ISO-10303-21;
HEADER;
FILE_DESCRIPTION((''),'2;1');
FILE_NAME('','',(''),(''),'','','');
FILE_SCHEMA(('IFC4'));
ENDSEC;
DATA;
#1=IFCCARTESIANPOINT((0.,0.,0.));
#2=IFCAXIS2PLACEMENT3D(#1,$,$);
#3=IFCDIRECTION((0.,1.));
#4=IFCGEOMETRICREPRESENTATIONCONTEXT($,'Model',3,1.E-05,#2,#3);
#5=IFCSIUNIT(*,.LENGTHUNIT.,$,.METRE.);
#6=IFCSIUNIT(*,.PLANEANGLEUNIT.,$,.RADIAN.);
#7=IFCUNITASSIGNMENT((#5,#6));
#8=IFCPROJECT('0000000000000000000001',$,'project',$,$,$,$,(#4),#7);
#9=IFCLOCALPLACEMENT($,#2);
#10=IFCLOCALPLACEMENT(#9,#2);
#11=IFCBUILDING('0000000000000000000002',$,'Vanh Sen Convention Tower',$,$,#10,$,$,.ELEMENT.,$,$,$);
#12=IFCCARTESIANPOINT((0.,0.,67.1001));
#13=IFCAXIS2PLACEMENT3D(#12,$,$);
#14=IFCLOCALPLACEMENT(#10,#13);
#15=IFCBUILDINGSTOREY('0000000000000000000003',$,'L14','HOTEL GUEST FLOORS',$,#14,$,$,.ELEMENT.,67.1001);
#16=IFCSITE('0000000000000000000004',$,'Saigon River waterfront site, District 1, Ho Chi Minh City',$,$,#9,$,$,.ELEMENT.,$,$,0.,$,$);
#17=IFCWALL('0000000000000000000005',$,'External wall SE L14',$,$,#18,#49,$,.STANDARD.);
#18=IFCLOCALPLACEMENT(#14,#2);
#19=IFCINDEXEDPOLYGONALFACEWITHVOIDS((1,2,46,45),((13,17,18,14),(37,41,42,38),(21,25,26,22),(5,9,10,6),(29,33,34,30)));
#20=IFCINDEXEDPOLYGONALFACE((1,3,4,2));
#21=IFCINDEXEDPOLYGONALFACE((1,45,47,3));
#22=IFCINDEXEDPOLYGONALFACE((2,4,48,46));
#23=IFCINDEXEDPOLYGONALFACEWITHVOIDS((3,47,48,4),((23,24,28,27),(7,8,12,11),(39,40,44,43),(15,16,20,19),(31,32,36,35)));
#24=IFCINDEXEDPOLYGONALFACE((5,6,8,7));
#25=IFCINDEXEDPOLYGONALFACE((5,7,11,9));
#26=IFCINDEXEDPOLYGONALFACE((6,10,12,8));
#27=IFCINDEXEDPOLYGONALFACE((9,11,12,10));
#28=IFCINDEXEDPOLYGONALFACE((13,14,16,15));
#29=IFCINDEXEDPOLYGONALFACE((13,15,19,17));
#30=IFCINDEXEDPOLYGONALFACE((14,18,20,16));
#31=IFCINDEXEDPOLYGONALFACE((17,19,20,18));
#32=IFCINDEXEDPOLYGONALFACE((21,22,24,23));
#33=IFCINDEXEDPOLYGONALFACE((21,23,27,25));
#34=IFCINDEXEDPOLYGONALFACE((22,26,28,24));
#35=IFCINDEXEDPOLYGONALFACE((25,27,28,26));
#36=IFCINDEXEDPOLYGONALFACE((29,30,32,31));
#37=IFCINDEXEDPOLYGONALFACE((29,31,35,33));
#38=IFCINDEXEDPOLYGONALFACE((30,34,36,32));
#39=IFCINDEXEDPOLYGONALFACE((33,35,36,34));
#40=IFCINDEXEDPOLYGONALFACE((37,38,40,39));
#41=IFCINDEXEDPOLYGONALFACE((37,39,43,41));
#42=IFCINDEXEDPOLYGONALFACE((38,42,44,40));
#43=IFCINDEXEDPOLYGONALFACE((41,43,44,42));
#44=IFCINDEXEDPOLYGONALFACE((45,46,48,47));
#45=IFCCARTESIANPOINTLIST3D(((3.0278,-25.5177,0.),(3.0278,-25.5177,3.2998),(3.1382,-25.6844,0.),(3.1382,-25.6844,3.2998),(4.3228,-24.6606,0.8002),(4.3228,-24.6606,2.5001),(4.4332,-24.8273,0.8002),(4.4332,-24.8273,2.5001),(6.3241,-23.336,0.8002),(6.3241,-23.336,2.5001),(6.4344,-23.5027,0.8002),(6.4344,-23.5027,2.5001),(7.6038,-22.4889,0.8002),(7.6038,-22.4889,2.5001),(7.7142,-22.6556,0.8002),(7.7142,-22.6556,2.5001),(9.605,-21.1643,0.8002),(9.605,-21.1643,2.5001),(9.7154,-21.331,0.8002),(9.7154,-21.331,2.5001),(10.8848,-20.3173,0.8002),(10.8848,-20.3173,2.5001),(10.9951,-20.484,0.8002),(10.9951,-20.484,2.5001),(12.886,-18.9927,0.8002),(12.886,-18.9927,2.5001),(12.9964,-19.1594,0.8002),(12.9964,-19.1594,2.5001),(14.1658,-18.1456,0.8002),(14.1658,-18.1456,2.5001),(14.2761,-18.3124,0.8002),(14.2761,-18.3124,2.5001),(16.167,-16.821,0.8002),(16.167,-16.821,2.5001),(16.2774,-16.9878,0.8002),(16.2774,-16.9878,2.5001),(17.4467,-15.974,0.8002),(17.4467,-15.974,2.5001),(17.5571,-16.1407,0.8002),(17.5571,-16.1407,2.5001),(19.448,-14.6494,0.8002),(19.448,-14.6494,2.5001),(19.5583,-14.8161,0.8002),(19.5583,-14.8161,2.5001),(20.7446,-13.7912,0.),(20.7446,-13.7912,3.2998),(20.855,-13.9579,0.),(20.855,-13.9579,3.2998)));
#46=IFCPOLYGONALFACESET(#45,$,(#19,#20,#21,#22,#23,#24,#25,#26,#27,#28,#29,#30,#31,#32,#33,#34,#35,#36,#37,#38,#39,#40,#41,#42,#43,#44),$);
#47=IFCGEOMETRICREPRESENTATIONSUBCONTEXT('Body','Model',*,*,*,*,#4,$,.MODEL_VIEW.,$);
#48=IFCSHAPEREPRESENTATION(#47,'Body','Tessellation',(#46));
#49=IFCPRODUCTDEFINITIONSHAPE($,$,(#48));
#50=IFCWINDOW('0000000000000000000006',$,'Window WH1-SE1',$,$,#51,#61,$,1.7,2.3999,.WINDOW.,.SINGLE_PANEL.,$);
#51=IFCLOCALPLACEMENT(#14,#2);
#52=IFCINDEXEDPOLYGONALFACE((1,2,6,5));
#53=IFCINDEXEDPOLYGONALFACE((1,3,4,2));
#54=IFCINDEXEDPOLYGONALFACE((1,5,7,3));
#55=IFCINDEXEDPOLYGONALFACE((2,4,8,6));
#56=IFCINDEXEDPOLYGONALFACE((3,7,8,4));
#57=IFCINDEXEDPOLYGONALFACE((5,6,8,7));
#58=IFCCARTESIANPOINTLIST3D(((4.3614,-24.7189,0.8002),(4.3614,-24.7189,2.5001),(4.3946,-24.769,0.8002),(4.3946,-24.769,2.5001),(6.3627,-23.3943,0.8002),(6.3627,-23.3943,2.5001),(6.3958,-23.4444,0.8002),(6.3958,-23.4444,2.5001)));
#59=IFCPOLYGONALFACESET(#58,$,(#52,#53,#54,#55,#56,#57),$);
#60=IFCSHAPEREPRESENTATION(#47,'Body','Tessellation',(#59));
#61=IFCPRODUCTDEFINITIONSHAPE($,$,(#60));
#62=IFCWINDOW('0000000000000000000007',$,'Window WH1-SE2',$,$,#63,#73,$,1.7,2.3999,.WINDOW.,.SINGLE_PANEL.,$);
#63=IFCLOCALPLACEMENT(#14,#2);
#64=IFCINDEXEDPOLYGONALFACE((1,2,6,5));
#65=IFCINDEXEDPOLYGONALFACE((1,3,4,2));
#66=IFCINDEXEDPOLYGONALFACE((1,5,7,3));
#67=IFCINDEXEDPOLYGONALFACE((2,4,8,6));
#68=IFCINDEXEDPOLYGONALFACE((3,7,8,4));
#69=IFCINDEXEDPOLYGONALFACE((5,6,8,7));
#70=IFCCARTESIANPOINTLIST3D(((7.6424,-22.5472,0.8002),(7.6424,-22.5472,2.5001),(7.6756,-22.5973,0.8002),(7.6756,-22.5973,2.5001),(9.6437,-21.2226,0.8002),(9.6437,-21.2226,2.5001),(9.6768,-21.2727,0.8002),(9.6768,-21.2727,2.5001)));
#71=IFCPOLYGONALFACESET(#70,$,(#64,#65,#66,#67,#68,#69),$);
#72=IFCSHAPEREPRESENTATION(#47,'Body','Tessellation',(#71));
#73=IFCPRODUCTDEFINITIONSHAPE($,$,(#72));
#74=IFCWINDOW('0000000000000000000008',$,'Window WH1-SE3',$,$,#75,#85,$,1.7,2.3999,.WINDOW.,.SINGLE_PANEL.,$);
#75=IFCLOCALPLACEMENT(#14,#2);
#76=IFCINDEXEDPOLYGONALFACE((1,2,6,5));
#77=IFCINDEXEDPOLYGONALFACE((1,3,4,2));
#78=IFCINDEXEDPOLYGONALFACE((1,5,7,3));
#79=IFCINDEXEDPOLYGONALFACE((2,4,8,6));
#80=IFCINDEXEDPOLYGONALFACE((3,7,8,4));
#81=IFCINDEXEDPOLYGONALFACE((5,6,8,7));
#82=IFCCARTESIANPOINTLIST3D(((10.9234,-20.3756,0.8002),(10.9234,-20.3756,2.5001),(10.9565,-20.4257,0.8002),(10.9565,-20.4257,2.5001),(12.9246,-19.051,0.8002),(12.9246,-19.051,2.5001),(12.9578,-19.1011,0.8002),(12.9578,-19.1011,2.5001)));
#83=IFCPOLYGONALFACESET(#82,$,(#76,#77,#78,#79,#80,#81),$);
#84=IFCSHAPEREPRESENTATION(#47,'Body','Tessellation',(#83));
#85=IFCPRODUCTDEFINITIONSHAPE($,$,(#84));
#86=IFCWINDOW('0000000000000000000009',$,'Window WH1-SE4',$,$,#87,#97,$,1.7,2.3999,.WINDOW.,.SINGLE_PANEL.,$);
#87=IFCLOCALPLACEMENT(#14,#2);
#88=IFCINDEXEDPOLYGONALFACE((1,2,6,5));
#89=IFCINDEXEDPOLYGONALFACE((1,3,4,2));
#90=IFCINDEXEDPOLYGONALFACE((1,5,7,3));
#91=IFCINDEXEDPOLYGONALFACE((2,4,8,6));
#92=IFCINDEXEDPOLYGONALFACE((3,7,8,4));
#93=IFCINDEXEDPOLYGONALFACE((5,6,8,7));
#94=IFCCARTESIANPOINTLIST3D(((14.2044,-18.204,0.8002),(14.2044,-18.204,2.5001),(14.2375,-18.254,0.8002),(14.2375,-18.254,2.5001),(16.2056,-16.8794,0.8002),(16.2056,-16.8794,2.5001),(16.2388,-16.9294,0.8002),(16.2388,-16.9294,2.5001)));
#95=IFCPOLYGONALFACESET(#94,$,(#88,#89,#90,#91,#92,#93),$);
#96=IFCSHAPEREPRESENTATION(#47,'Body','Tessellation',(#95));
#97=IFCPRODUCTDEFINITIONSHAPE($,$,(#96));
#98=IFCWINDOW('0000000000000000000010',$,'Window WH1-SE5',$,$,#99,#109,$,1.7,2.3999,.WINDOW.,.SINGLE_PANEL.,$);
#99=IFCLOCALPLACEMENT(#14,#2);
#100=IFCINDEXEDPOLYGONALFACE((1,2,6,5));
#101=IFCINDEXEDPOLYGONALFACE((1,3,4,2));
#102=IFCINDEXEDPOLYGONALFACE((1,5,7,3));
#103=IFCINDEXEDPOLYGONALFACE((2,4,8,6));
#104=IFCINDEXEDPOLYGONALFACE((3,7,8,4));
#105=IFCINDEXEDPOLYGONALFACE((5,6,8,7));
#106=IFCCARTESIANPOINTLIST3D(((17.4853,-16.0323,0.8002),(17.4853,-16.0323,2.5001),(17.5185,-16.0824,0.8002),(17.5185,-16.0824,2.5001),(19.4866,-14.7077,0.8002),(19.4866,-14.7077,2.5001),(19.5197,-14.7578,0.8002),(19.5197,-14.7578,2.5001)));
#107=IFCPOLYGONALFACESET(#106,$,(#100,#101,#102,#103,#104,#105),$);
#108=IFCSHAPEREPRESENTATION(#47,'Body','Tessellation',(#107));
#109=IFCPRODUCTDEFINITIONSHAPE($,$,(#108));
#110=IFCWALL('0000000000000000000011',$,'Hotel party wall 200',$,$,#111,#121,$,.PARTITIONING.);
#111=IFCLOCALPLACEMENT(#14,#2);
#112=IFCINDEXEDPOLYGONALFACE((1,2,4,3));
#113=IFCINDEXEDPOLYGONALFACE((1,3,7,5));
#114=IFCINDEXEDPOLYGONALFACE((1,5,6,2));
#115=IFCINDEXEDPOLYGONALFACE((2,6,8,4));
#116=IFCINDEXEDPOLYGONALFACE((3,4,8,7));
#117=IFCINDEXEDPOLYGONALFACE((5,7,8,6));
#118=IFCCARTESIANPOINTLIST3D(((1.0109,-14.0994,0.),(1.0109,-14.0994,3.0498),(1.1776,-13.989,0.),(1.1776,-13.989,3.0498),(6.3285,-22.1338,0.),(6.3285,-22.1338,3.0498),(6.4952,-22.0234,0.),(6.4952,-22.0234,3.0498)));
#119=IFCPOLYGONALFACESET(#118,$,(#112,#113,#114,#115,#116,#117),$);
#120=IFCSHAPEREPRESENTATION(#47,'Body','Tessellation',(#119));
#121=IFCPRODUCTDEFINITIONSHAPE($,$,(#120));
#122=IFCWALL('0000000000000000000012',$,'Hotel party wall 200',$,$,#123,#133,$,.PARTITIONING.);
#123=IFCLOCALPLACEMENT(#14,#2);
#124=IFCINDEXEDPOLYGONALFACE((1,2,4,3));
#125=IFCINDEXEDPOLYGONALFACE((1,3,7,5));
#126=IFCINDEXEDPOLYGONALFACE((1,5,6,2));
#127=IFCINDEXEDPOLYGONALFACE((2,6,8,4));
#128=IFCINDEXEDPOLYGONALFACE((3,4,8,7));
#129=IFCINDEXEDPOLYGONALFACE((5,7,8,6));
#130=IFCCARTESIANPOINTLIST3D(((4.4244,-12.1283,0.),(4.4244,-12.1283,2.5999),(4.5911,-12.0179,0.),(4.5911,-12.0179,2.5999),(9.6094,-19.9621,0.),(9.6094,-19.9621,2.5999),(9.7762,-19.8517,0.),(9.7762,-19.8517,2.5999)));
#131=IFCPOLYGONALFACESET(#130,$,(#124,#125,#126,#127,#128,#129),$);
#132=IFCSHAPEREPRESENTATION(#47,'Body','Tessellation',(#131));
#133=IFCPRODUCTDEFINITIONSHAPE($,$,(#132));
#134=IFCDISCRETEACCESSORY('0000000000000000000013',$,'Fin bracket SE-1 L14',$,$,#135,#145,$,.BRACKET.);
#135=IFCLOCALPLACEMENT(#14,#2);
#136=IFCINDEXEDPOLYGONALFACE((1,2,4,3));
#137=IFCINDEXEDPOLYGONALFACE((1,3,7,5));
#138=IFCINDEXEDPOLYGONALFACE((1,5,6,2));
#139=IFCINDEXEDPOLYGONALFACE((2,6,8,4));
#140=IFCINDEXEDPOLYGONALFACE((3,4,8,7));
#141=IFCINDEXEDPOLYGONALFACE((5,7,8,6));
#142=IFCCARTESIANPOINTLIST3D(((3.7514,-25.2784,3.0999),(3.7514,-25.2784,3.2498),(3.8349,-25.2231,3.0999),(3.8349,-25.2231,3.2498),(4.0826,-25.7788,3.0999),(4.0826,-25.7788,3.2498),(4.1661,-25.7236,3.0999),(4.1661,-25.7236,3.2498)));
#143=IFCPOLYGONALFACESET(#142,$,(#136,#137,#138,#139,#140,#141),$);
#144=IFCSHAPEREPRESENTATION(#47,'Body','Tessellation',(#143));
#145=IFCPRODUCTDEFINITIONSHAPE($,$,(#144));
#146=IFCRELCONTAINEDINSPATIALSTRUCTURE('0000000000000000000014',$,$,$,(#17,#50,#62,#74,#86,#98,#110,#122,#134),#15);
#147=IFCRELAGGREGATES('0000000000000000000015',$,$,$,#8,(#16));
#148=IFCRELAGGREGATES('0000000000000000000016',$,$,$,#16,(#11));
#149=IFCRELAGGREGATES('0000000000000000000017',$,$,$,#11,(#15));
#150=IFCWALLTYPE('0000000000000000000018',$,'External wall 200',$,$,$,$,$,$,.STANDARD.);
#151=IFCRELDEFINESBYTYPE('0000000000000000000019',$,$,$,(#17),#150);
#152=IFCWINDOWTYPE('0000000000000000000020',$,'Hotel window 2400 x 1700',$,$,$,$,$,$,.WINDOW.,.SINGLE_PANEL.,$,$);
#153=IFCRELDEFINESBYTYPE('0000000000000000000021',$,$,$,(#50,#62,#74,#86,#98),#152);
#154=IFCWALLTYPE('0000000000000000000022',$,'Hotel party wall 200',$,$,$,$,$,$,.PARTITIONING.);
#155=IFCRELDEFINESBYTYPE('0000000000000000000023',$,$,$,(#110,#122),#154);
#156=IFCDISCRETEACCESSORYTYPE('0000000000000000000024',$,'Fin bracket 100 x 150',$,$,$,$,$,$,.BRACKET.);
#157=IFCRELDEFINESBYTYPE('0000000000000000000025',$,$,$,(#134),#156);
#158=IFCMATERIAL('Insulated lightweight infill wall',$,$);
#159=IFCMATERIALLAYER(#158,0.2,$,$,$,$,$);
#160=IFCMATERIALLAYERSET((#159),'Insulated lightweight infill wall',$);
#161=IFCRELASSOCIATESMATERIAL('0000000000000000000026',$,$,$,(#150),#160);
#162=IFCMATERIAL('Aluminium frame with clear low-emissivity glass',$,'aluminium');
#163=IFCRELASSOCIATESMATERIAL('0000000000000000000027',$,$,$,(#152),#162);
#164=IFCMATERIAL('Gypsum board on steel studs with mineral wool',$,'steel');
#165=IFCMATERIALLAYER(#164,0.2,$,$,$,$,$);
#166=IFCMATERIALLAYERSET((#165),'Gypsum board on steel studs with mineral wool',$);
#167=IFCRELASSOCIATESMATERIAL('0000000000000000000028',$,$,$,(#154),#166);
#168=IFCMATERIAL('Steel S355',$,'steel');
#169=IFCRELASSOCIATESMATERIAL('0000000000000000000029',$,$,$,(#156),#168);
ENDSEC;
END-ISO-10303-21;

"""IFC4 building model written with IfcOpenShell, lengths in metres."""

from ifc_helpers import new_model, si_unit, direction, frame, frame_2d, origin, origin_2d, place, context, subcontext, project, spatial, rectangle, extrude, material, layer, layer_set, type_object, element, fill, save


model = new_model("IFC4")

# Units and contexts
model_context = context("Model", 3, precision=1e-05, world=origin(), true_north=direction((0.0, 1.0)))
body_context = subcontext(model_context, "Body", "Model", "MODEL_VIEW")
ifc_project = project(units=[si_unit("LENGTHUNIT", "METRE"), si_unit("PLANEANGLEUNIT", "RADIAN")], contexts=[model_context])

# Site, building, storey
site_placement = place(None, origin())
site = spatial("IfcSite", under=ifc_project, at=site_placement, Name="Saigon River waterfront site, District 1, Ho Chi Minh City", CompositionType="ELEMENT", RefElevation=0.0)
building_placement = place(site_placement, origin())
building = spatial("IfcBuilding", under=site, at=building_placement, Name="Vanh Sen Convention Tower", CompositionType="ELEMENT")
storey_placement = place(building_placement, frame((0.0, 0.0, 67.1001)))
storey = spatial("IfcBuildingStorey", under=building, at=storey_placement, Name="L14", Description="HOTEL GUEST FLOORS", CompositionType="ELEMENT", Elevation=67.1001)

# Shared definitions
ifc_material_1 = material(Name="Gypsum board on steel studs with mineral wool", Category="steel")

# Wall, openings, windows
ifc_material_2 = material(Name="Insulated lightweight infill wall")
ifc_layer_1 = layer(ifc_material_2, 0.2)
ifc_layer_set_1 = layer_set([ifc_layer_1], Name="Insulated lightweight infill wall")
wall_type_1 = type_object("IfcWallType", Name="External wall 200", PredefinedType="STANDARD", material=ifc_layer_set_1)
wall_1_placement = place(storey_placement, frame((3.083, -25.6011, 0.0), z_axis=(0.0, 0.0, 1.0), x_axis=(0.833884, 0.551939, 0.0)))
wall_1 = element("IfcWall", 1, at=wall_1_placement, inside=storey, type_object=wall_type_1, Name="External wall SE L14", PredefinedType="STANDARD", context=body_context, shape_type="SweptSolid", body=[
    extrude(rectangle(XDim=21.2461, YDim=0.2, at=frame_2d((10.623, 0.0))), origin(), (0.0, 0.0, 1.0), 3.2998),
])
opening_1_placement = place(wall_1_placement, frame((1.553, 0.0, 0.8)))
opening_1 = element("IfcOpeningElement", 2, at=opening_1_placement, cuts=wall_1, PredefinedType="OPENING", context=body_context, shape_type="SweptSolid", body=[
    extrude(rectangle(XDim=2.3999, YDim=1.7, at=frame_2d((1.2, 0.8501))), frame((0.0, 0.1099, 0.0), z_axis=(0.0, -1.0, 0.0), x_axis=(1.0, 0.0, 0.0)), (0.0, 0.0, 1.0), 0.22),
])
opening_2_placement = place(wall_1_placement, frame((5.4875, 0.0, 0.8)))
opening_2 = element("IfcOpeningElement", 3, at=opening_2_placement, cuts=wall_1, PredefinedType="OPENING", context=body_context, shape_type="SweptSolid", body=[
    extrude(rectangle(XDim=2.3999, YDim=1.7, at=frame_2d((1.2, 0.8501))), frame((0.0, 0.1099, 0.0), z_axis=(0.0, -1.0, 0.0), x_axis=(1.0, 0.0, 0.0)), (0.0, 0.0, 1.0), 0.22),
])
opening_3_placement = place(wall_1_placement, frame((9.4221, 0.0, 0.8)))
opening_3 = element("IfcOpeningElement", 4, at=opening_3_placement, cuts=wall_1, PredefinedType="OPENING", context=body_context, shape_type="SweptSolid", body=[
    extrude(rectangle(XDim=2.3999, YDim=1.7, at=frame_2d((1.2, 0.8501))), frame((0.0, 0.1099, 0.0), z_axis=(0.0, -1.0, 0.0), x_axis=(1.0, 0.0, 0.0)), (0.0, 0.0, 1.0), 0.22),
])
opening_4_placement = place(wall_1_placement, frame((13.3567, 0.0, 0.8)))
opening_4 = element("IfcOpeningElement", 5, at=opening_4_placement, cuts=wall_1, PredefinedType="OPENING", context=body_context, shape_type="SweptSolid", body=[
    extrude(rectangle(XDim=2.3999, YDim=1.7, at=frame_2d((1.2, 0.8501))), frame((0.0, 0.1099, 0.0), z_axis=(0.0, -1.0, 0.0), x_axis=(1.0, 0.0, 0.0)), (0.0, 0.0, 1.0), 0.22),
])
opening_5_placement = place(wall_1_placement, frame((17.2913, 0.0, 0.8)))
opening_5 = element("IfcOpeningElement", 6, at=opening_5_placement, cuts=wall_1, PredefinedType="OPENING", context=body_context, shape_type="SweptSolid", body=[
    extrude(rectangle(XDim=2.3999, YDim=1.7, at=frame_2d((1.2, 0.8501))), frame((0.0, 0.1099, 0.0), z_axis=(0.0, -1.0, 0.0), x_axis=(1.0, 0.0, 0.0)), (0.0, 0.0, 1.0), 0.22),
])
ifc_material_3 = material(Name="Aluminium frame with clear low-emissivity glass", Category="aluminium")
window_type = type_object("IfcWindowType", Name="Hotel window 2400 x 1700", PartitioningType="SINGLE_PANEL", PredefinedType="WINDOW", material=ifc_material_3)
window_1_placement = place(opening_1_placement, origin())
window_1 = element("IfcWindow", 7, at=window_1_placement, inside=storey, type_object=window_type, Name="Window WH1-SE1", OverallHeight=1.7, OverallWidth=2.3999, PartitioningType="SINGLE_PANEL", PredefinedType="WINDOW", context=body_context, shape_type="SweptSolid", body=[
    extrude(rectangle(XDim=2.3999, YDim=1.7, at=frame_2d((1.2, 0.8501))), frame((0.0, 0.03, 0.0), z_axis=(0.0, -1.0, 0.0), x_axis=(1.0, 0.0, 0.0)), (0.0, 0.0, 1.0), 0.0601),
])
fill(opening_1, window_1)
window_2_placement = place(opening_2_placement, origin())
window_2 = element("IfcWindow", 8, at=window_2_placement, inside=storey, type_object=window_type, Name="Window WH1-SE2", OverallHeight=1.7, OverallWidth=2.3999, PartitioningType="SINGLE_PANEL", PredefinedType="WINDOW", context=body_context, shape_type="SweptSolid", body=[
    extrude(rectangle(XDim=2.3999, YDim=1.7, at=frame_2d((1.2, 0.8501))), frame((0.0, 0.03, 0.0), z_axis=(0.0, -1.0, 0.0), x_axis=(1.0, 0.0, 0.0)), (0.0, 0.0, 1.0), 0.0601),
])
fill(opening_2, window_2)
window_3_placement = place(opening_3_placement, origin())
window_3 = element("IfcWindow", 9, at=window_3_placement, inside=storey, type_object=window_type, Name="Window WH1-SE3", OverallHeight=1.7, OverallWidth=2.3999, PartitioningType="SINGLE_PANEL", PredefinedType="WINDOW", context=body_context, shape_type="SweptSolid", body=[
    extrude(rectangle(XDim=2.3999, YDim=1.7, at=frame_2d((1.2, 0.8501))), frame((0.0, 0.03, 0.0), z_axis=(0.0, -1.0, 0.0), x_axis=(1.0, 0.0, 0.0)), (0.0, 0.0, 1.0), 0.0601),
])
fill(opening_3, window_3)
window_4_placement = place(opening_4_placement, origin())
window_4 = element("IfcWindow", 10, at=window_4_placement, inside=storey, type_object=window_type, Name="Window WH1-SE4", OverallHeight=1.7, OverallWidth=2.3999, PartitioningType="SINGLE_PANEL", PredefinedType="WINDOW", context=body_context, shape_type="SweptSolid", body=[
    extrude(rectangle(XDim=2.3999, YDim=1.7, at=frame_2d((1.2, 0.8501))), frame((0.0, 0.03, 0.0), z_axis=(0.0, -1.0, 0.0), x_axis=(1.0, 0.0, 0.0)), (0.0, 0.0, 1.0), 0.0601),
])
fill(opening_4, window_4)
window_5_placement = place(opening_5_placement, origin())
window_5 = element("IfcWindow", 11, at=window_5_placement, inside=storey, type_object=window_type, Name="Window WH1-SE5", OverallHeight=1.7, OverallWidth=2.3999, PartitioningType="SINGLE_PANEL", PredefinedType="WINDOW", context=body_context, shape_type="SweptSolid", body=[
    extrude(rectangle(XDim=2.3999, YDim=1.7, at=frame_2d((1.2, 0.8501))), frame((0.0, 0.03, 0.0), z_axis=(0.0, -1.0, 0.0), x_axis=(1.0, 0.0, 0.0)), (0.0, 0.0, 1.0), 0.0601),
])
fill(opening_5, window_5)

# Walls
ifc_layer_2 = layer(ifc_material_1, 0.2)
ifc_layer_set_2 = layer_set([ifc_layer_2], Name="Gypsum board on steel studs with mineral wool")
wall_type_2 = type_object("IfcWallType", Name="Hotel party wall 200", PredefinedType="PARTITIONING", material=ifc_layer_set_2)
wall_2_placement = place(storey_placement, frame((6.4119, -22.0786, 0.0), z_axis=(0.0, 0.0, 1.0), x_axis=(-0.55192, 0.833897, 0.0)))
element("IfcWall", 12, at=wall_2_placement, inside=storey, type_object=wall_type_2, Name="Hotel party wall 200", PredefinedType="PARTITIONING", context=body_context, shape_type="SweptSolid", body=[
    extrude(rectangle(XDim=9.6348, YDim=0.2, at=frame_2d((4.8174, 0.0))), origin(), (0.0, 0.0, 1.0), 3.0498),
])
wall_3_placement = place(storey_placement, frame((9.6929, -19.907, 0.0), z_axis=(0.0, 0.0, 1.0), x_axis=(-0.551938, 0.833885, 0.0)))
element("IfcWall", 13, at=wall_3_placement, inside=storey, type_object=wall_type_2, Name="Hotel party wall 200", PredefinedType="PARTITIONING", context=body_context, shape_type="SweptSolid", body=[
    extrude(rectangle(XDim=9.3943, YDim=0.2, at=frame_2d((4.6973, 0.0))), origin(), (0.0, 0.0, 1.0), 2.5999),
])

# Discrete accessory
ifc_material_4 = material(Name="Steel S355", Category="steel")
discrete_accessory_type = type_object("IfcDiscreteAccessoryType", Name="Fin bracket 100 x 150", PredefinedType="BRACKET", material=ifc_material_4)
discrete_accessory_placement = place(storey_placement, frame((3.9587, -25.501, 3.0999), z_axis=(0.0, 0.0, 1.0), x_axis=(0.551937, -0.833886, 0.0)))
element("IfcDiscreteAccessory", 14, at=discrete_accessory_placement, inside=storey, type_object=discrete_accessory_type, Name="Fin bracket SE-1 L14", PredefinedType="BRACKET", context=body_context, shape_type="SweptSolid", body=[
    extrude(rectangle(XDim=0.6001, YDim=0.1001, at=origin_2d()), origin(), (0.0, 0.0, 1.0), 0.1499),
])

save(model, "model.ifc")
